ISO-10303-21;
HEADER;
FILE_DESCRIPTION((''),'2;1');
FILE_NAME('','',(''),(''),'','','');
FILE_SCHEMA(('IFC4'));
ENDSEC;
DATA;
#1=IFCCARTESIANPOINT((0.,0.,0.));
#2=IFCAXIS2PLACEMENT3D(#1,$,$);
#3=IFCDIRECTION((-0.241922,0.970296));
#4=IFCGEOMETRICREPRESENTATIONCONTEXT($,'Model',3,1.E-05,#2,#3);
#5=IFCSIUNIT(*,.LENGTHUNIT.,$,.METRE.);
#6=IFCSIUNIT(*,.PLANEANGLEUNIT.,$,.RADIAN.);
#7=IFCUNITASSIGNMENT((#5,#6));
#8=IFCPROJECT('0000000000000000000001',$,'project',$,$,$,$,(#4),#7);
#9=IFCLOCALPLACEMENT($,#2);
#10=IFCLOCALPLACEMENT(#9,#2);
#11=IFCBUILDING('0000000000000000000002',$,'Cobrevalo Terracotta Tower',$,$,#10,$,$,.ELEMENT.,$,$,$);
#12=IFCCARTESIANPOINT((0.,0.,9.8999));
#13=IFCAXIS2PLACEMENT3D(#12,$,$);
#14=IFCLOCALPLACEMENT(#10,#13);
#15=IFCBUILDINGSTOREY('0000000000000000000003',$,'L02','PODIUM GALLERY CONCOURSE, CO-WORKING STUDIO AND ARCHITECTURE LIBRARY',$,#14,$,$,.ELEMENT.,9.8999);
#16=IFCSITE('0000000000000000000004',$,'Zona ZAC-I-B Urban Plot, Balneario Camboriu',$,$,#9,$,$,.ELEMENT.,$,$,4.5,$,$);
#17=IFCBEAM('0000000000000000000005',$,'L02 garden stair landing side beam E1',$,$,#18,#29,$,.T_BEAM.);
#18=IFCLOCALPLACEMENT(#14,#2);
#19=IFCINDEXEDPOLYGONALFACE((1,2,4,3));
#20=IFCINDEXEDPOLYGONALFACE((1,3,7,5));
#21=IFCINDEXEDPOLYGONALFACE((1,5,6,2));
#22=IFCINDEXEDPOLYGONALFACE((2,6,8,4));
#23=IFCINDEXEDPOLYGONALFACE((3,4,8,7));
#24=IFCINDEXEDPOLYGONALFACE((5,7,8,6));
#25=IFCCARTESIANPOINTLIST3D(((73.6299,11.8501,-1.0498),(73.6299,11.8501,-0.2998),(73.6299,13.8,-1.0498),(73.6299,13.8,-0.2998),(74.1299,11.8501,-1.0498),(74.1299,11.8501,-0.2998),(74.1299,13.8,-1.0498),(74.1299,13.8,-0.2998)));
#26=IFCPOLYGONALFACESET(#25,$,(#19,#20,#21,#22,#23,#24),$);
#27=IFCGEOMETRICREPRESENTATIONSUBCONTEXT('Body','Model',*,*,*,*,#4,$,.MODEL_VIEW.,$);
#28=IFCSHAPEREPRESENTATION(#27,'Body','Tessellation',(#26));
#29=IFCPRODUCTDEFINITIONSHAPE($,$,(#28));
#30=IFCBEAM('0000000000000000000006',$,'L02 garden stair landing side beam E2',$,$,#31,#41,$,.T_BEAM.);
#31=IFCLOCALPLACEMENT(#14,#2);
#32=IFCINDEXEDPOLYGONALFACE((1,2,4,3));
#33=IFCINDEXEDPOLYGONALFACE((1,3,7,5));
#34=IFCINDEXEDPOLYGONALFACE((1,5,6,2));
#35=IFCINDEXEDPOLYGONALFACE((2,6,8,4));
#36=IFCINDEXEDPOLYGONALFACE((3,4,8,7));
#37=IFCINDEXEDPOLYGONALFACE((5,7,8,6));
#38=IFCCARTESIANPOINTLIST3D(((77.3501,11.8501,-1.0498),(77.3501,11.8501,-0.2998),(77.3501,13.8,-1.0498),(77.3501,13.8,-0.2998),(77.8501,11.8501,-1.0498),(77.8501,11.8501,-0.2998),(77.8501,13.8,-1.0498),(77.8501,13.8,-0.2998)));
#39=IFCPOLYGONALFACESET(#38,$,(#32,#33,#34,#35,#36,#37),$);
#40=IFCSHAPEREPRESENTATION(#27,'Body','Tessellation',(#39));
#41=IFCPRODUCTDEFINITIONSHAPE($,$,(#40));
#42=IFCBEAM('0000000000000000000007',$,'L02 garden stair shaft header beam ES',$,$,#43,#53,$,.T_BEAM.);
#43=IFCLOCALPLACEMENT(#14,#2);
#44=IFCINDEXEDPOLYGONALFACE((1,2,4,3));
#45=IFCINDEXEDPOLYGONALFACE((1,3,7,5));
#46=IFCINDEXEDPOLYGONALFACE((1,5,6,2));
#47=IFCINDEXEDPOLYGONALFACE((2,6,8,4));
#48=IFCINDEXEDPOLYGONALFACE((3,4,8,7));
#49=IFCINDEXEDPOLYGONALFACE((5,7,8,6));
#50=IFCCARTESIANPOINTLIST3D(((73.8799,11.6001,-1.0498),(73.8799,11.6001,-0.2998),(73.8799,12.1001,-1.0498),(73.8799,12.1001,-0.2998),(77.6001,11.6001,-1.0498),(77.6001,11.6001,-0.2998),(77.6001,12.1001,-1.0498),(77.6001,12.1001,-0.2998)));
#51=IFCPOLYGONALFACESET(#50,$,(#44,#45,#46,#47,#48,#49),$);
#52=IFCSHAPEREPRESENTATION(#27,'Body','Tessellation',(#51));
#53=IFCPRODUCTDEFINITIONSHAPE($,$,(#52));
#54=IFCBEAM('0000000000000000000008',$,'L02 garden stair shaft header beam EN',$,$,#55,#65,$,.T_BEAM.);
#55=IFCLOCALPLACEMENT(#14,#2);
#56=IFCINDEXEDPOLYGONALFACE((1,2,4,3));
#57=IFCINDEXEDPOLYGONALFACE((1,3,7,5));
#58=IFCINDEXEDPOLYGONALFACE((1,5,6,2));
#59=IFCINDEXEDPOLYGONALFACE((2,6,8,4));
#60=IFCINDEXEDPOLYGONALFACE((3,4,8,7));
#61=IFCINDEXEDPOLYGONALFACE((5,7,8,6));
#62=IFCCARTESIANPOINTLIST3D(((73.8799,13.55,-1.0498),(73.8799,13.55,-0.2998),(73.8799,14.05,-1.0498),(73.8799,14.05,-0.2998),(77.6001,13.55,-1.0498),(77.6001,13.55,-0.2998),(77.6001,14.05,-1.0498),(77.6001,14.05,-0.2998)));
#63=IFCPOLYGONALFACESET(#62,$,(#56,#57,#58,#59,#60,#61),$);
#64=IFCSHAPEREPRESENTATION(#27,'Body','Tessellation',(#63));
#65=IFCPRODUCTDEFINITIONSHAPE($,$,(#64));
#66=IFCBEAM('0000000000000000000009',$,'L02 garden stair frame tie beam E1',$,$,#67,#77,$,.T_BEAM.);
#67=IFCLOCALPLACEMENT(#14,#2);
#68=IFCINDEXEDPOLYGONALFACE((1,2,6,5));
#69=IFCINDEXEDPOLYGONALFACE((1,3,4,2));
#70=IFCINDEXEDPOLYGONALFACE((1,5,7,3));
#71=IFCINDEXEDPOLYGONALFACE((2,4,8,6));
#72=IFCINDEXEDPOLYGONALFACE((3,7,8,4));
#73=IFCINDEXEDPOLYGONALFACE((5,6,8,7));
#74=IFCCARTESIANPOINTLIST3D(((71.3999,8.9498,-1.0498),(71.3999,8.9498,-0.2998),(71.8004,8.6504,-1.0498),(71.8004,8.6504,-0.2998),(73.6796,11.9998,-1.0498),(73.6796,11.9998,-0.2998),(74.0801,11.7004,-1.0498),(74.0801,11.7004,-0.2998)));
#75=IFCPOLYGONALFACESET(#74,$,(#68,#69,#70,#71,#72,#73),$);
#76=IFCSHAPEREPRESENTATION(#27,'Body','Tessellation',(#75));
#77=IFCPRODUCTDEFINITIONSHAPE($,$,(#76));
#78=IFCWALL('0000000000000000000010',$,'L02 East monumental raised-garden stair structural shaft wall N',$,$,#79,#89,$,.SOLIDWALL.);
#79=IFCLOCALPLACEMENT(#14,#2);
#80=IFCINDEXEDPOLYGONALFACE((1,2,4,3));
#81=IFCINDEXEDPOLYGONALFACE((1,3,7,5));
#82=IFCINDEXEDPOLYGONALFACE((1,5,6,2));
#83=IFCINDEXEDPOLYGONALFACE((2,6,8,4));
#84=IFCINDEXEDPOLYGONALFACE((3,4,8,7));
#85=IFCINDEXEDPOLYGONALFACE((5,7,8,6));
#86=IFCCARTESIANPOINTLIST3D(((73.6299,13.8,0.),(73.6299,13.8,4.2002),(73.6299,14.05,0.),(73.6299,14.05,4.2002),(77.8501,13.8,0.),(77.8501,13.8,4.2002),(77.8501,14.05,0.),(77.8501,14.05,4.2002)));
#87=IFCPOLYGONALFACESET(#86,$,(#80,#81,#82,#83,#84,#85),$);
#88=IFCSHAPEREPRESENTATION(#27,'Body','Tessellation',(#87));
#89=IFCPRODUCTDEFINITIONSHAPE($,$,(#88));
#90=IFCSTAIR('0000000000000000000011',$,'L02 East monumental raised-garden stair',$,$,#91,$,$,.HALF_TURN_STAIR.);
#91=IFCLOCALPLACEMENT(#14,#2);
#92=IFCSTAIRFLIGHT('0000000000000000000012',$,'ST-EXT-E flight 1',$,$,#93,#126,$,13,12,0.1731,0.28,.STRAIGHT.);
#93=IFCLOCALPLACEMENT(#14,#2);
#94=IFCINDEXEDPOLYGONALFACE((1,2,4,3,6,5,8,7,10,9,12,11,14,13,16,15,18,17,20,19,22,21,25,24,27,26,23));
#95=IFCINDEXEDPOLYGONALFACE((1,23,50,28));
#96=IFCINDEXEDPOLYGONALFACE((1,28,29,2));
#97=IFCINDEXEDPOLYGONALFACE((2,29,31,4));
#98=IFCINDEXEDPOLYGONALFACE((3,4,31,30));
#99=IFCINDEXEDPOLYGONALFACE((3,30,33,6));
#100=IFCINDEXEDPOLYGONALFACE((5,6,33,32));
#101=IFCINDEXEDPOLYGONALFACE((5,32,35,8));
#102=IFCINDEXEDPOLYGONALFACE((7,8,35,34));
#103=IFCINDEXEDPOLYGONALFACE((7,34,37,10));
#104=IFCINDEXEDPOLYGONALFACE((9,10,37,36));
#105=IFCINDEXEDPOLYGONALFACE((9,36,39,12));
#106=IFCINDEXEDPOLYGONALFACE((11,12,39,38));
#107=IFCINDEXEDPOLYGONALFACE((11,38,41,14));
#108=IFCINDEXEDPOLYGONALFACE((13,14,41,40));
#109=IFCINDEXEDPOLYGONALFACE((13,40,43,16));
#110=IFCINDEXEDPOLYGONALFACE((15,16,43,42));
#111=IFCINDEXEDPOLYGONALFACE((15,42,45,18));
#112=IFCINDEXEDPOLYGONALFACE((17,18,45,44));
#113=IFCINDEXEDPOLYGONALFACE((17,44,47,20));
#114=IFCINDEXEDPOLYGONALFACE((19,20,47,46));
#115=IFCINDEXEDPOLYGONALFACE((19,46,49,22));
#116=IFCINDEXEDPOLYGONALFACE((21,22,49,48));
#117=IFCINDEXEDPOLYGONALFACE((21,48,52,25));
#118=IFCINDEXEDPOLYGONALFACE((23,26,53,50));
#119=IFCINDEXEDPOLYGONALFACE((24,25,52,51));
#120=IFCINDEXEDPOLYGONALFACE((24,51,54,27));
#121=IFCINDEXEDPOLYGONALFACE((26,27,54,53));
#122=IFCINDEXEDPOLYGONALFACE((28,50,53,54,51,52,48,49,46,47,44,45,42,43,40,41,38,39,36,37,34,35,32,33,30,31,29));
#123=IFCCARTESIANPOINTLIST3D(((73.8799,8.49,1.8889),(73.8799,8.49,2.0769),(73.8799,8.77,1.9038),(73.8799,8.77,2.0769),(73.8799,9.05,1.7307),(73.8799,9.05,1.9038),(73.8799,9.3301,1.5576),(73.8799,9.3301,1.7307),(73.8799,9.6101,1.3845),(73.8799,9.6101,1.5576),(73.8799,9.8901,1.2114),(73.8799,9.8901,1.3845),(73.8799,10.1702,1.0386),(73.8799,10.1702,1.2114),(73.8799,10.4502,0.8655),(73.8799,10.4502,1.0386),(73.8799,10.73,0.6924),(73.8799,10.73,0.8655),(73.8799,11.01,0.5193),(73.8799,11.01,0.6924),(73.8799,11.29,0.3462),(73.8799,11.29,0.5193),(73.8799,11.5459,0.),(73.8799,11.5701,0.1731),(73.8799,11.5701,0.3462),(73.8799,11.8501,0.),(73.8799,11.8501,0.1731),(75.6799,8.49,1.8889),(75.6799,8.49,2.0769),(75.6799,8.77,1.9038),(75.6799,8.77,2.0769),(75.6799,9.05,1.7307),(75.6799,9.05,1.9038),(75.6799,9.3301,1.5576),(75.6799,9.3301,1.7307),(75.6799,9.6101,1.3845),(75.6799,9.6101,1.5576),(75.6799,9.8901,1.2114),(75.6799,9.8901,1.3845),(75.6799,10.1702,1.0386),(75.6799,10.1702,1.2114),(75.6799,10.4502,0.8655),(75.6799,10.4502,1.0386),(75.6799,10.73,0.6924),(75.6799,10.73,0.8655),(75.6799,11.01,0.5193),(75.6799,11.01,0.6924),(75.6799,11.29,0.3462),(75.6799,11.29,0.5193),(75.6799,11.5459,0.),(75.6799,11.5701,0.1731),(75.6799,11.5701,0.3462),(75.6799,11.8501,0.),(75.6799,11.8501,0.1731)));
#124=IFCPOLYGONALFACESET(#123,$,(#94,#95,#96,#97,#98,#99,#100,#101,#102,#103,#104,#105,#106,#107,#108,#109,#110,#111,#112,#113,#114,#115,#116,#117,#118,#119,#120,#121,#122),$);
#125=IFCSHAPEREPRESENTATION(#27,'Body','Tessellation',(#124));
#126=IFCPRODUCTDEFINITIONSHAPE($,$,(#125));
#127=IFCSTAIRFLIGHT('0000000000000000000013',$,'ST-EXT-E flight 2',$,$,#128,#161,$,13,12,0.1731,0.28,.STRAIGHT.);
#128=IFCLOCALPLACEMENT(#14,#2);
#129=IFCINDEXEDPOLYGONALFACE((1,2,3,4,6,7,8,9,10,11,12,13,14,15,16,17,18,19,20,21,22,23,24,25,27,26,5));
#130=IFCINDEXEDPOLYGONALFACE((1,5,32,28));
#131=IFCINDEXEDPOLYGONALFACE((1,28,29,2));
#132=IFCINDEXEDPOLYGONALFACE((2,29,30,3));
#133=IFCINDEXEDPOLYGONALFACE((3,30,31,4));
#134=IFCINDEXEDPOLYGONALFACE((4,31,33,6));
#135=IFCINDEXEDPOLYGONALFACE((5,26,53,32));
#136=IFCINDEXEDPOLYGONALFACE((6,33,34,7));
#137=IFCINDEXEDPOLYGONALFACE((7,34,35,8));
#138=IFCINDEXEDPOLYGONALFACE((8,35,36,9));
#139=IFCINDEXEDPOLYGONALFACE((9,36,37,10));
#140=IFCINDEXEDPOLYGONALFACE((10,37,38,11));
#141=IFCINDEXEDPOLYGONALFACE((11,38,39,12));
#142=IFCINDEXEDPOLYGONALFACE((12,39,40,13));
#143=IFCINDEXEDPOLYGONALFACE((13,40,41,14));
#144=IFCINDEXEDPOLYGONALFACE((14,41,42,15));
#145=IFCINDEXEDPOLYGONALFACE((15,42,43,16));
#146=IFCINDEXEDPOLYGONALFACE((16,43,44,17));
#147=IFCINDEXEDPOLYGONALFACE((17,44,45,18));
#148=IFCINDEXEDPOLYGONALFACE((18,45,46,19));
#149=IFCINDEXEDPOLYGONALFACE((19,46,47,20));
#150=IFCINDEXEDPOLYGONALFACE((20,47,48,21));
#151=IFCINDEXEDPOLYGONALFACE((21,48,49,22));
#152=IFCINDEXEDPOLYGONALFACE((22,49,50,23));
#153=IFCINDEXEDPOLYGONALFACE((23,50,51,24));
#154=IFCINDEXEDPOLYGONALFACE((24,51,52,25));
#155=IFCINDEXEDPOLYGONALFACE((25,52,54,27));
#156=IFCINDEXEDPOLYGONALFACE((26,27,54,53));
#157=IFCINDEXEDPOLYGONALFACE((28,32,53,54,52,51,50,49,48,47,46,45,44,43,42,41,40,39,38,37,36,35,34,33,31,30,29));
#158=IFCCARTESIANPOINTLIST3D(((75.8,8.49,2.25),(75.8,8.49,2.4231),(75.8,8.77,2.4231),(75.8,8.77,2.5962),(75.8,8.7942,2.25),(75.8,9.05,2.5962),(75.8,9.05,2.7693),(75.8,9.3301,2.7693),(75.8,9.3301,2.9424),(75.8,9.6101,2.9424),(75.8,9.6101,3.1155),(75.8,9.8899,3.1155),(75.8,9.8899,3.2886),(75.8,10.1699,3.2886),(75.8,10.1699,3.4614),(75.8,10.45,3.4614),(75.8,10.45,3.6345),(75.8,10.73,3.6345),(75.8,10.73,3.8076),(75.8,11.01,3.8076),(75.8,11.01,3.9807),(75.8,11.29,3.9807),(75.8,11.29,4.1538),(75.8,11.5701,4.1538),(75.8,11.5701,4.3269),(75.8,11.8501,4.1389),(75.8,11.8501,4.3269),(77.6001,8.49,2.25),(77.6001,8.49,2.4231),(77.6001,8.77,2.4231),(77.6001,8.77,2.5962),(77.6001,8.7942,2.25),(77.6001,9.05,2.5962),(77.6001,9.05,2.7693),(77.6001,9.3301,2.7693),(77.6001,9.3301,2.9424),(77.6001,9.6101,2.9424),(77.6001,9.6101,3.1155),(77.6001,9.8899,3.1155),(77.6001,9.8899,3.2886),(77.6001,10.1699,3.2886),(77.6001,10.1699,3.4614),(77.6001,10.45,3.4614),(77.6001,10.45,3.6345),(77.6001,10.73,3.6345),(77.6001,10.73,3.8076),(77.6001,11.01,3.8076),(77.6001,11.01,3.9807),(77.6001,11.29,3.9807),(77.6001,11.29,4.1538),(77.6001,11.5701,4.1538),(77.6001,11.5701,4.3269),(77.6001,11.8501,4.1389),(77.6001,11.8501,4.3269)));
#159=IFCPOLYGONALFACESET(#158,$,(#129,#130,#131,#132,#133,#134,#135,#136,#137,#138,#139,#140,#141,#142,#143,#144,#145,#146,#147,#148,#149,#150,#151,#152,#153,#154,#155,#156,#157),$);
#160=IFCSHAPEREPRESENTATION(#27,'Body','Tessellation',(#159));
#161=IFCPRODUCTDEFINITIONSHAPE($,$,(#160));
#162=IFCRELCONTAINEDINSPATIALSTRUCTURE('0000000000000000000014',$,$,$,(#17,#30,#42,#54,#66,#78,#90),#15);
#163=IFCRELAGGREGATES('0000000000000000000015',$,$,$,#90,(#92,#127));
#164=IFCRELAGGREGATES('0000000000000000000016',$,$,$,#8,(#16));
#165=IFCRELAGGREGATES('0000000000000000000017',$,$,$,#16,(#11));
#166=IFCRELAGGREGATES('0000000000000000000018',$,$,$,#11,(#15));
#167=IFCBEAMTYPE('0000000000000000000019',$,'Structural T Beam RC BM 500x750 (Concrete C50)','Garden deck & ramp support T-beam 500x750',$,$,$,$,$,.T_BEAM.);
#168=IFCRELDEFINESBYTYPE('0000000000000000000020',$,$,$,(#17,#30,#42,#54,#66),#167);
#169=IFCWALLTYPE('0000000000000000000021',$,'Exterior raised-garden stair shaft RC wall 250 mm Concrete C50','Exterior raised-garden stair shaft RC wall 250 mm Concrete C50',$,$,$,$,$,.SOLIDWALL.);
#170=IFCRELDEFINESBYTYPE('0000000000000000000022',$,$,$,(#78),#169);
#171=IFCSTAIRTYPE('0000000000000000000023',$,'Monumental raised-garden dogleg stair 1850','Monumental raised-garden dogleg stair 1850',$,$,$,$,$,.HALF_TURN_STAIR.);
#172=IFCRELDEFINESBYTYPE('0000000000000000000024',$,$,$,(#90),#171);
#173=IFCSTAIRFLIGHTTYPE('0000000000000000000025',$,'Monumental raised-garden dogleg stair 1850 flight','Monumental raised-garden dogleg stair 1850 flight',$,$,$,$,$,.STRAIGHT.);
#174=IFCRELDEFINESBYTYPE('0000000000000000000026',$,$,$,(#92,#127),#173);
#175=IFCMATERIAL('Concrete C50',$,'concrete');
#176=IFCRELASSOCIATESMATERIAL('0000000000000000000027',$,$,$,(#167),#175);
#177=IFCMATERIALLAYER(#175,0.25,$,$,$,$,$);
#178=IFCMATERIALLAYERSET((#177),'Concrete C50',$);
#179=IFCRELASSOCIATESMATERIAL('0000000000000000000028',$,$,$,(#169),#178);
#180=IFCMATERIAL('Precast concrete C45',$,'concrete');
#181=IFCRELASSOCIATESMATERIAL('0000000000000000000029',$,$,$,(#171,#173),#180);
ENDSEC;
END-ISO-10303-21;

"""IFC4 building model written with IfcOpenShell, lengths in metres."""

from ifc_helpers import new_model, si_unit, direction, frame, frame_2d, origin, origin_2d, place, context, subcontext, project, spatial, polyline, rectangle, outline, extrude, material, layer, layer_set, material_profile, profile_set, type_object, element, aggregate, save


model = new_model("IFC4")

# Units and contexts
model_context = context("Model", 3, precision=1e-05, world=origin(), true_north=direction((-0.241922, 0.970296)))
body_context = subcontext(model_context, "Body", "Model", "MODEL_VIEW")
ifc_project = project(units=[si_unit("LENGTHUNIT", "METRE"), si_unit("PLANEANGLEUNIT", "RADIAN")], contexts=[model_context])

# Site, building, storey
site_placement = place(None, origin())
site = spatial("IfcSite", under=ifc_project, at=site_placement, Name="Zona ZAC-I-B Urban Plot, Balneario Camboriu", CompositionType="ELEMENT", RefElevation=4.5)
building_placement = place(site_placement, origin())
building = spatial("IfcBuilding", under=site, at=building_placement, Name="Cobrevalo Terracotta Tower", CompositionType="ELEMENT")
storey_placement = place(building_placement, frame((0.0, 0.0, 9.8999)))
storey = spatial("IfcBuildingStorey", under=building, at=storey_placement, Name="L02", Description="PODIUM GALLERY CONCOURSE, CO-WORKING STUDIO AND ARCHITECTURE LIBRARY", CompositionType="ELEMENT", Elevation=9.8999)

# Shared definitions
ifc_material_1 = material(Name="Concrete C50", Category="concrete")

# Beams
ifc_material_profile_1 = material_profile(ifc_material_1, rectangle(XDim=0.5, YDim=0.75, at=origin_2d()), Name="RC BM 500x750")
ifc_profile_set_1 = profile_set([ifc_material_profile_1], Name="Concrete C50")
beam_type_1 = type_object("IfcBeamType", Name="Structural T Beam RC BM 500x750 (Concrete C50)", Description="Garden deck & ramp support T-beam 500x750", PredefinedType="T_BEAM", material=ifc_profile_set_1)
for number, where, z_axis, x_axis, name in (
    (1, (73.8799, 11.8501, -0.6748), (0.0, 1.0, 0.0), (-1.0, 0.0, 0.0), "L02 garden stair landing side beam E1"),
    (2, (77.6001, 11.8501, -0.6748), (0.0, 1.0, 0.0), (-1.0, 0.0, 0.0), "L02 garden stair landing side beam E2"),
):
    element("IfcBeam", number, at=place(storey_placement, frame(where, z_axis=z_axis, x_axis=x_axis)), inside=storey, type_object=beam_type_1, Name=name, PredefinedType="T_BEAM", context=body_context, shape_type="SweptSolid", body=[
        extrude(rectangle(XDim=0.5, YDim=0.75, at=origin_2d()), origin(), (0.0, 0.0, 1.0), 1.95),
    ])
for number, where, z_axis, x_axis, name in (
    (3, (73.8799, 11.8501, -0.6748), (1.0, 0.0, 0.0), (0.0, 1.0, 0.0), "L02 garden stair shaft header beam ES"),
    (4, (73.8799, 13.8, -0.6748), (1.0, 0.0, 0.0), (0.0, 1.0, 0.0), "L02 garden stair shaft header beam EN"),
):
    element("IfcBeam", number, at=place(storey_placement, frame(where, z_axis=z_axis, x_axis=x_axis)), inside=storey, type_object=beam_type_1, Name=name, PredefinedType="T_BEAM", context=body_context, shape_type="SweptSolid", body=[
        extrude(rectangle(XDim=0.5, YDim=0.75, at=origin_2d()), origin(), (0.0, 0.0, 1.0), 3.7202),
    ])
beam_1_placement = place(storey_placement, frame((73.8799, 11.8501, -0.6748), z_axis=(-0.598696, -0.800976, 0.0), x_axis=(0.800976, -0.598696, 0.0)))
element("IfcBeam", 5, at=beam_1_placement, inside=storey, type_object=beam_type_1, Name="L02 garden stair frame tie beam E1", PredefinedType="T_BEAM", context=body_context, shape_type="SweptSolid", body=[
    extrude(rectangle(XDim=0.5, YDim=0.75, at=origin_2d()), origin(), (0.0, 0.0, 1.0), 3.8079),
])

# Wall
ifc_layer = layer(ifc_material_1, 0.25)
ifc_layer_set = layer_set([ifc_layer], Name="Concrete C50")
wall_type = type_object("IfcWallType", Name="Exterior raised-garden stair shaft RC wall 250 mm Concrete C50", Description="Exterior raised-garden stair shaft RC wall 250 mm Concrete C50", PredefinedType="SOLIDWALL", material=ifc_layer_set)
wall_placement = place(storey_placement, frame((73.6299, 13.925, 0.0), z_axis=(0.0, 0.0, 1.0), x_axis=(1.0, 0.0, 0.0)))
element("IfcWall", 6, at=wall_placement, inside=storey, type_object=wall_type, Name="L02 East monumental raised-garden stair structural shaft wall N", PredefinedType="SOLIDWALL", context=body_context, shape_type="SweptSolid", body=[
    extrude(rectangle(XDim=4.2202, YDim=0.25, at=frame_2d((2.1101, 0.0))), origin(), (0.0, 0.0, 1.0), 4.2002),
])

# Stair, stair flights
ifc_material_2 = material(Name="Precast concrete C45", Category="concrete")
stair_type = type_object("IfcStairType", Name="Monumental raised-garden dogleg stair 1850", Description="Monumental raised-garden dogleg stair 1850", PredefinedType="HALF_TURN_STAIR", material=ifc_material_2)
stair_placement = place(storey_placement, origin())
stair = element("IfcStair", 7, at=stair_placement, inside=storey, type_object=stair_type, Name="L02 East monumental raised-garden stair", PredefinedType="HALF_TURN_STAIR")
stair_flight_type = type_object("IfcStairFlightType", Name="Monumental raised-garden dogleg stair 1850 flight", Description="Monumental raised-garden dogleg stair 1850 flight", PredefinedType="STRAIGHT", material=ifc_material_2)
stair_flight_1_placement = place(storey_placement, frame((74.78, 11.8501, 0.0), z_axis=(0.0, 0.0, 1.0), x_axis=(0.0, -1.0, 0.0)))
stair_flight_1 = element("IfcStairFlight", 8, at=stair_flight_1_placement, type_object=stair_flight_type, Name="ST-EXT-E flight 1", NumberOfRisers=13, NumberOfTreads=12, PredefinedType="STRAIGHT", RiserHeight=0.1731, TreadLength=0.28, context=body_context, shape_type="SweptSolid", body=[
    extrude(outline(polyline([(0.0, 0.0), (0.0, 0.1731), (0.28, 0.1731), (0.28, 0.3462), (0.5601, 0.3462), (0.5601, 0.5193), (0.8401, 0.5193), (0.8401, 0.6924), (1.1201, 0.6924), (1.1201, 0.8655), (1.3999, 0.8655), (1.3999, 1.0386), (1.6799, 1.0386), (1.6799, 1.2114), (1.96, 1.2114), (1.96, 1.3845), (2.24, 1.3845), (2.24, 1.5576), (2.52, 1.5576), (2.52, 1.7307), (2.8, 1.7307), (2.8, 1.9038), (3.0801, 1.9038), (3.0801, 2.0769), (3.3601, 2.0769), (3.3601, 2.25), (3.3601, 1.8889), (0.3042, 0.0), (0.0, 0.0)])), frame((0.0, 0.8999, 0.0), z_axis=(0.0, -1.0, 0.0), x_axis=(1.0, 0.0, 0.0)), (0.0, 0.0, 1.0), 1.8),
])
stair_flight_2_placement = place(storey_placement, frame((76.7, 8.49, 2.25), z_axis=(0.0, 0.0, 1.0), x_axis=(0.0, 1.0, 0.0)))
stair_flight_2 = element("IfcStairFlight", 9, at=stair_flight_2_placement, type_object=stair_flight_type, Name="ST-EXT-E flight 2", NumberOfRisers=13, NumberOfTreads=12, PredefinedType="STRAIGHT", RiserHeight=0.1731, TreadLength=0.28, context=body_context, shape_type="SweptSolid", body=[
    extrude(outline(polyline([(0.0, 0.0), (0.0, 0.1731), (0.28, 0.1731), (0.28, 0.3462), (0.5601, 0.3462), (0.5601, 0.5193), (0.8401, 0.5193), (0.8401, 0.6924), (1.1201, 0.6924), (1.1201, 0.8655), (1.3999, 0.8655), (1.3999, 1.0386), (1.6799, 1.0386), (1.6799, 1.2114), (1.96, 1.2114), (1.96, 1.3845), (2.24, 1.3845), (2.24, 1.5576), (2.52, 1.5576), (2.52, 1.7307), (2.8, 1.7307), (2.8, 1.9038), (3.0801, 1.9038), (3.0801, 2.0769), (3.3601, 2.0769), (3.3601, 2.25), (3.3601, 1.8889), (0.3042, 0.0), (0.0, 0.0)])), frame((0.0, 0.8999, 0.0), z_axis=(0.0, -1.0, 0.0), x_axis=(1.0, 0.0, 0.0)), (0.0, 0.0, 1.0), 1.8),
])
aggregate(stair, [stair_flight_1, stair_flight_2])

save(model, "model.ifc")
